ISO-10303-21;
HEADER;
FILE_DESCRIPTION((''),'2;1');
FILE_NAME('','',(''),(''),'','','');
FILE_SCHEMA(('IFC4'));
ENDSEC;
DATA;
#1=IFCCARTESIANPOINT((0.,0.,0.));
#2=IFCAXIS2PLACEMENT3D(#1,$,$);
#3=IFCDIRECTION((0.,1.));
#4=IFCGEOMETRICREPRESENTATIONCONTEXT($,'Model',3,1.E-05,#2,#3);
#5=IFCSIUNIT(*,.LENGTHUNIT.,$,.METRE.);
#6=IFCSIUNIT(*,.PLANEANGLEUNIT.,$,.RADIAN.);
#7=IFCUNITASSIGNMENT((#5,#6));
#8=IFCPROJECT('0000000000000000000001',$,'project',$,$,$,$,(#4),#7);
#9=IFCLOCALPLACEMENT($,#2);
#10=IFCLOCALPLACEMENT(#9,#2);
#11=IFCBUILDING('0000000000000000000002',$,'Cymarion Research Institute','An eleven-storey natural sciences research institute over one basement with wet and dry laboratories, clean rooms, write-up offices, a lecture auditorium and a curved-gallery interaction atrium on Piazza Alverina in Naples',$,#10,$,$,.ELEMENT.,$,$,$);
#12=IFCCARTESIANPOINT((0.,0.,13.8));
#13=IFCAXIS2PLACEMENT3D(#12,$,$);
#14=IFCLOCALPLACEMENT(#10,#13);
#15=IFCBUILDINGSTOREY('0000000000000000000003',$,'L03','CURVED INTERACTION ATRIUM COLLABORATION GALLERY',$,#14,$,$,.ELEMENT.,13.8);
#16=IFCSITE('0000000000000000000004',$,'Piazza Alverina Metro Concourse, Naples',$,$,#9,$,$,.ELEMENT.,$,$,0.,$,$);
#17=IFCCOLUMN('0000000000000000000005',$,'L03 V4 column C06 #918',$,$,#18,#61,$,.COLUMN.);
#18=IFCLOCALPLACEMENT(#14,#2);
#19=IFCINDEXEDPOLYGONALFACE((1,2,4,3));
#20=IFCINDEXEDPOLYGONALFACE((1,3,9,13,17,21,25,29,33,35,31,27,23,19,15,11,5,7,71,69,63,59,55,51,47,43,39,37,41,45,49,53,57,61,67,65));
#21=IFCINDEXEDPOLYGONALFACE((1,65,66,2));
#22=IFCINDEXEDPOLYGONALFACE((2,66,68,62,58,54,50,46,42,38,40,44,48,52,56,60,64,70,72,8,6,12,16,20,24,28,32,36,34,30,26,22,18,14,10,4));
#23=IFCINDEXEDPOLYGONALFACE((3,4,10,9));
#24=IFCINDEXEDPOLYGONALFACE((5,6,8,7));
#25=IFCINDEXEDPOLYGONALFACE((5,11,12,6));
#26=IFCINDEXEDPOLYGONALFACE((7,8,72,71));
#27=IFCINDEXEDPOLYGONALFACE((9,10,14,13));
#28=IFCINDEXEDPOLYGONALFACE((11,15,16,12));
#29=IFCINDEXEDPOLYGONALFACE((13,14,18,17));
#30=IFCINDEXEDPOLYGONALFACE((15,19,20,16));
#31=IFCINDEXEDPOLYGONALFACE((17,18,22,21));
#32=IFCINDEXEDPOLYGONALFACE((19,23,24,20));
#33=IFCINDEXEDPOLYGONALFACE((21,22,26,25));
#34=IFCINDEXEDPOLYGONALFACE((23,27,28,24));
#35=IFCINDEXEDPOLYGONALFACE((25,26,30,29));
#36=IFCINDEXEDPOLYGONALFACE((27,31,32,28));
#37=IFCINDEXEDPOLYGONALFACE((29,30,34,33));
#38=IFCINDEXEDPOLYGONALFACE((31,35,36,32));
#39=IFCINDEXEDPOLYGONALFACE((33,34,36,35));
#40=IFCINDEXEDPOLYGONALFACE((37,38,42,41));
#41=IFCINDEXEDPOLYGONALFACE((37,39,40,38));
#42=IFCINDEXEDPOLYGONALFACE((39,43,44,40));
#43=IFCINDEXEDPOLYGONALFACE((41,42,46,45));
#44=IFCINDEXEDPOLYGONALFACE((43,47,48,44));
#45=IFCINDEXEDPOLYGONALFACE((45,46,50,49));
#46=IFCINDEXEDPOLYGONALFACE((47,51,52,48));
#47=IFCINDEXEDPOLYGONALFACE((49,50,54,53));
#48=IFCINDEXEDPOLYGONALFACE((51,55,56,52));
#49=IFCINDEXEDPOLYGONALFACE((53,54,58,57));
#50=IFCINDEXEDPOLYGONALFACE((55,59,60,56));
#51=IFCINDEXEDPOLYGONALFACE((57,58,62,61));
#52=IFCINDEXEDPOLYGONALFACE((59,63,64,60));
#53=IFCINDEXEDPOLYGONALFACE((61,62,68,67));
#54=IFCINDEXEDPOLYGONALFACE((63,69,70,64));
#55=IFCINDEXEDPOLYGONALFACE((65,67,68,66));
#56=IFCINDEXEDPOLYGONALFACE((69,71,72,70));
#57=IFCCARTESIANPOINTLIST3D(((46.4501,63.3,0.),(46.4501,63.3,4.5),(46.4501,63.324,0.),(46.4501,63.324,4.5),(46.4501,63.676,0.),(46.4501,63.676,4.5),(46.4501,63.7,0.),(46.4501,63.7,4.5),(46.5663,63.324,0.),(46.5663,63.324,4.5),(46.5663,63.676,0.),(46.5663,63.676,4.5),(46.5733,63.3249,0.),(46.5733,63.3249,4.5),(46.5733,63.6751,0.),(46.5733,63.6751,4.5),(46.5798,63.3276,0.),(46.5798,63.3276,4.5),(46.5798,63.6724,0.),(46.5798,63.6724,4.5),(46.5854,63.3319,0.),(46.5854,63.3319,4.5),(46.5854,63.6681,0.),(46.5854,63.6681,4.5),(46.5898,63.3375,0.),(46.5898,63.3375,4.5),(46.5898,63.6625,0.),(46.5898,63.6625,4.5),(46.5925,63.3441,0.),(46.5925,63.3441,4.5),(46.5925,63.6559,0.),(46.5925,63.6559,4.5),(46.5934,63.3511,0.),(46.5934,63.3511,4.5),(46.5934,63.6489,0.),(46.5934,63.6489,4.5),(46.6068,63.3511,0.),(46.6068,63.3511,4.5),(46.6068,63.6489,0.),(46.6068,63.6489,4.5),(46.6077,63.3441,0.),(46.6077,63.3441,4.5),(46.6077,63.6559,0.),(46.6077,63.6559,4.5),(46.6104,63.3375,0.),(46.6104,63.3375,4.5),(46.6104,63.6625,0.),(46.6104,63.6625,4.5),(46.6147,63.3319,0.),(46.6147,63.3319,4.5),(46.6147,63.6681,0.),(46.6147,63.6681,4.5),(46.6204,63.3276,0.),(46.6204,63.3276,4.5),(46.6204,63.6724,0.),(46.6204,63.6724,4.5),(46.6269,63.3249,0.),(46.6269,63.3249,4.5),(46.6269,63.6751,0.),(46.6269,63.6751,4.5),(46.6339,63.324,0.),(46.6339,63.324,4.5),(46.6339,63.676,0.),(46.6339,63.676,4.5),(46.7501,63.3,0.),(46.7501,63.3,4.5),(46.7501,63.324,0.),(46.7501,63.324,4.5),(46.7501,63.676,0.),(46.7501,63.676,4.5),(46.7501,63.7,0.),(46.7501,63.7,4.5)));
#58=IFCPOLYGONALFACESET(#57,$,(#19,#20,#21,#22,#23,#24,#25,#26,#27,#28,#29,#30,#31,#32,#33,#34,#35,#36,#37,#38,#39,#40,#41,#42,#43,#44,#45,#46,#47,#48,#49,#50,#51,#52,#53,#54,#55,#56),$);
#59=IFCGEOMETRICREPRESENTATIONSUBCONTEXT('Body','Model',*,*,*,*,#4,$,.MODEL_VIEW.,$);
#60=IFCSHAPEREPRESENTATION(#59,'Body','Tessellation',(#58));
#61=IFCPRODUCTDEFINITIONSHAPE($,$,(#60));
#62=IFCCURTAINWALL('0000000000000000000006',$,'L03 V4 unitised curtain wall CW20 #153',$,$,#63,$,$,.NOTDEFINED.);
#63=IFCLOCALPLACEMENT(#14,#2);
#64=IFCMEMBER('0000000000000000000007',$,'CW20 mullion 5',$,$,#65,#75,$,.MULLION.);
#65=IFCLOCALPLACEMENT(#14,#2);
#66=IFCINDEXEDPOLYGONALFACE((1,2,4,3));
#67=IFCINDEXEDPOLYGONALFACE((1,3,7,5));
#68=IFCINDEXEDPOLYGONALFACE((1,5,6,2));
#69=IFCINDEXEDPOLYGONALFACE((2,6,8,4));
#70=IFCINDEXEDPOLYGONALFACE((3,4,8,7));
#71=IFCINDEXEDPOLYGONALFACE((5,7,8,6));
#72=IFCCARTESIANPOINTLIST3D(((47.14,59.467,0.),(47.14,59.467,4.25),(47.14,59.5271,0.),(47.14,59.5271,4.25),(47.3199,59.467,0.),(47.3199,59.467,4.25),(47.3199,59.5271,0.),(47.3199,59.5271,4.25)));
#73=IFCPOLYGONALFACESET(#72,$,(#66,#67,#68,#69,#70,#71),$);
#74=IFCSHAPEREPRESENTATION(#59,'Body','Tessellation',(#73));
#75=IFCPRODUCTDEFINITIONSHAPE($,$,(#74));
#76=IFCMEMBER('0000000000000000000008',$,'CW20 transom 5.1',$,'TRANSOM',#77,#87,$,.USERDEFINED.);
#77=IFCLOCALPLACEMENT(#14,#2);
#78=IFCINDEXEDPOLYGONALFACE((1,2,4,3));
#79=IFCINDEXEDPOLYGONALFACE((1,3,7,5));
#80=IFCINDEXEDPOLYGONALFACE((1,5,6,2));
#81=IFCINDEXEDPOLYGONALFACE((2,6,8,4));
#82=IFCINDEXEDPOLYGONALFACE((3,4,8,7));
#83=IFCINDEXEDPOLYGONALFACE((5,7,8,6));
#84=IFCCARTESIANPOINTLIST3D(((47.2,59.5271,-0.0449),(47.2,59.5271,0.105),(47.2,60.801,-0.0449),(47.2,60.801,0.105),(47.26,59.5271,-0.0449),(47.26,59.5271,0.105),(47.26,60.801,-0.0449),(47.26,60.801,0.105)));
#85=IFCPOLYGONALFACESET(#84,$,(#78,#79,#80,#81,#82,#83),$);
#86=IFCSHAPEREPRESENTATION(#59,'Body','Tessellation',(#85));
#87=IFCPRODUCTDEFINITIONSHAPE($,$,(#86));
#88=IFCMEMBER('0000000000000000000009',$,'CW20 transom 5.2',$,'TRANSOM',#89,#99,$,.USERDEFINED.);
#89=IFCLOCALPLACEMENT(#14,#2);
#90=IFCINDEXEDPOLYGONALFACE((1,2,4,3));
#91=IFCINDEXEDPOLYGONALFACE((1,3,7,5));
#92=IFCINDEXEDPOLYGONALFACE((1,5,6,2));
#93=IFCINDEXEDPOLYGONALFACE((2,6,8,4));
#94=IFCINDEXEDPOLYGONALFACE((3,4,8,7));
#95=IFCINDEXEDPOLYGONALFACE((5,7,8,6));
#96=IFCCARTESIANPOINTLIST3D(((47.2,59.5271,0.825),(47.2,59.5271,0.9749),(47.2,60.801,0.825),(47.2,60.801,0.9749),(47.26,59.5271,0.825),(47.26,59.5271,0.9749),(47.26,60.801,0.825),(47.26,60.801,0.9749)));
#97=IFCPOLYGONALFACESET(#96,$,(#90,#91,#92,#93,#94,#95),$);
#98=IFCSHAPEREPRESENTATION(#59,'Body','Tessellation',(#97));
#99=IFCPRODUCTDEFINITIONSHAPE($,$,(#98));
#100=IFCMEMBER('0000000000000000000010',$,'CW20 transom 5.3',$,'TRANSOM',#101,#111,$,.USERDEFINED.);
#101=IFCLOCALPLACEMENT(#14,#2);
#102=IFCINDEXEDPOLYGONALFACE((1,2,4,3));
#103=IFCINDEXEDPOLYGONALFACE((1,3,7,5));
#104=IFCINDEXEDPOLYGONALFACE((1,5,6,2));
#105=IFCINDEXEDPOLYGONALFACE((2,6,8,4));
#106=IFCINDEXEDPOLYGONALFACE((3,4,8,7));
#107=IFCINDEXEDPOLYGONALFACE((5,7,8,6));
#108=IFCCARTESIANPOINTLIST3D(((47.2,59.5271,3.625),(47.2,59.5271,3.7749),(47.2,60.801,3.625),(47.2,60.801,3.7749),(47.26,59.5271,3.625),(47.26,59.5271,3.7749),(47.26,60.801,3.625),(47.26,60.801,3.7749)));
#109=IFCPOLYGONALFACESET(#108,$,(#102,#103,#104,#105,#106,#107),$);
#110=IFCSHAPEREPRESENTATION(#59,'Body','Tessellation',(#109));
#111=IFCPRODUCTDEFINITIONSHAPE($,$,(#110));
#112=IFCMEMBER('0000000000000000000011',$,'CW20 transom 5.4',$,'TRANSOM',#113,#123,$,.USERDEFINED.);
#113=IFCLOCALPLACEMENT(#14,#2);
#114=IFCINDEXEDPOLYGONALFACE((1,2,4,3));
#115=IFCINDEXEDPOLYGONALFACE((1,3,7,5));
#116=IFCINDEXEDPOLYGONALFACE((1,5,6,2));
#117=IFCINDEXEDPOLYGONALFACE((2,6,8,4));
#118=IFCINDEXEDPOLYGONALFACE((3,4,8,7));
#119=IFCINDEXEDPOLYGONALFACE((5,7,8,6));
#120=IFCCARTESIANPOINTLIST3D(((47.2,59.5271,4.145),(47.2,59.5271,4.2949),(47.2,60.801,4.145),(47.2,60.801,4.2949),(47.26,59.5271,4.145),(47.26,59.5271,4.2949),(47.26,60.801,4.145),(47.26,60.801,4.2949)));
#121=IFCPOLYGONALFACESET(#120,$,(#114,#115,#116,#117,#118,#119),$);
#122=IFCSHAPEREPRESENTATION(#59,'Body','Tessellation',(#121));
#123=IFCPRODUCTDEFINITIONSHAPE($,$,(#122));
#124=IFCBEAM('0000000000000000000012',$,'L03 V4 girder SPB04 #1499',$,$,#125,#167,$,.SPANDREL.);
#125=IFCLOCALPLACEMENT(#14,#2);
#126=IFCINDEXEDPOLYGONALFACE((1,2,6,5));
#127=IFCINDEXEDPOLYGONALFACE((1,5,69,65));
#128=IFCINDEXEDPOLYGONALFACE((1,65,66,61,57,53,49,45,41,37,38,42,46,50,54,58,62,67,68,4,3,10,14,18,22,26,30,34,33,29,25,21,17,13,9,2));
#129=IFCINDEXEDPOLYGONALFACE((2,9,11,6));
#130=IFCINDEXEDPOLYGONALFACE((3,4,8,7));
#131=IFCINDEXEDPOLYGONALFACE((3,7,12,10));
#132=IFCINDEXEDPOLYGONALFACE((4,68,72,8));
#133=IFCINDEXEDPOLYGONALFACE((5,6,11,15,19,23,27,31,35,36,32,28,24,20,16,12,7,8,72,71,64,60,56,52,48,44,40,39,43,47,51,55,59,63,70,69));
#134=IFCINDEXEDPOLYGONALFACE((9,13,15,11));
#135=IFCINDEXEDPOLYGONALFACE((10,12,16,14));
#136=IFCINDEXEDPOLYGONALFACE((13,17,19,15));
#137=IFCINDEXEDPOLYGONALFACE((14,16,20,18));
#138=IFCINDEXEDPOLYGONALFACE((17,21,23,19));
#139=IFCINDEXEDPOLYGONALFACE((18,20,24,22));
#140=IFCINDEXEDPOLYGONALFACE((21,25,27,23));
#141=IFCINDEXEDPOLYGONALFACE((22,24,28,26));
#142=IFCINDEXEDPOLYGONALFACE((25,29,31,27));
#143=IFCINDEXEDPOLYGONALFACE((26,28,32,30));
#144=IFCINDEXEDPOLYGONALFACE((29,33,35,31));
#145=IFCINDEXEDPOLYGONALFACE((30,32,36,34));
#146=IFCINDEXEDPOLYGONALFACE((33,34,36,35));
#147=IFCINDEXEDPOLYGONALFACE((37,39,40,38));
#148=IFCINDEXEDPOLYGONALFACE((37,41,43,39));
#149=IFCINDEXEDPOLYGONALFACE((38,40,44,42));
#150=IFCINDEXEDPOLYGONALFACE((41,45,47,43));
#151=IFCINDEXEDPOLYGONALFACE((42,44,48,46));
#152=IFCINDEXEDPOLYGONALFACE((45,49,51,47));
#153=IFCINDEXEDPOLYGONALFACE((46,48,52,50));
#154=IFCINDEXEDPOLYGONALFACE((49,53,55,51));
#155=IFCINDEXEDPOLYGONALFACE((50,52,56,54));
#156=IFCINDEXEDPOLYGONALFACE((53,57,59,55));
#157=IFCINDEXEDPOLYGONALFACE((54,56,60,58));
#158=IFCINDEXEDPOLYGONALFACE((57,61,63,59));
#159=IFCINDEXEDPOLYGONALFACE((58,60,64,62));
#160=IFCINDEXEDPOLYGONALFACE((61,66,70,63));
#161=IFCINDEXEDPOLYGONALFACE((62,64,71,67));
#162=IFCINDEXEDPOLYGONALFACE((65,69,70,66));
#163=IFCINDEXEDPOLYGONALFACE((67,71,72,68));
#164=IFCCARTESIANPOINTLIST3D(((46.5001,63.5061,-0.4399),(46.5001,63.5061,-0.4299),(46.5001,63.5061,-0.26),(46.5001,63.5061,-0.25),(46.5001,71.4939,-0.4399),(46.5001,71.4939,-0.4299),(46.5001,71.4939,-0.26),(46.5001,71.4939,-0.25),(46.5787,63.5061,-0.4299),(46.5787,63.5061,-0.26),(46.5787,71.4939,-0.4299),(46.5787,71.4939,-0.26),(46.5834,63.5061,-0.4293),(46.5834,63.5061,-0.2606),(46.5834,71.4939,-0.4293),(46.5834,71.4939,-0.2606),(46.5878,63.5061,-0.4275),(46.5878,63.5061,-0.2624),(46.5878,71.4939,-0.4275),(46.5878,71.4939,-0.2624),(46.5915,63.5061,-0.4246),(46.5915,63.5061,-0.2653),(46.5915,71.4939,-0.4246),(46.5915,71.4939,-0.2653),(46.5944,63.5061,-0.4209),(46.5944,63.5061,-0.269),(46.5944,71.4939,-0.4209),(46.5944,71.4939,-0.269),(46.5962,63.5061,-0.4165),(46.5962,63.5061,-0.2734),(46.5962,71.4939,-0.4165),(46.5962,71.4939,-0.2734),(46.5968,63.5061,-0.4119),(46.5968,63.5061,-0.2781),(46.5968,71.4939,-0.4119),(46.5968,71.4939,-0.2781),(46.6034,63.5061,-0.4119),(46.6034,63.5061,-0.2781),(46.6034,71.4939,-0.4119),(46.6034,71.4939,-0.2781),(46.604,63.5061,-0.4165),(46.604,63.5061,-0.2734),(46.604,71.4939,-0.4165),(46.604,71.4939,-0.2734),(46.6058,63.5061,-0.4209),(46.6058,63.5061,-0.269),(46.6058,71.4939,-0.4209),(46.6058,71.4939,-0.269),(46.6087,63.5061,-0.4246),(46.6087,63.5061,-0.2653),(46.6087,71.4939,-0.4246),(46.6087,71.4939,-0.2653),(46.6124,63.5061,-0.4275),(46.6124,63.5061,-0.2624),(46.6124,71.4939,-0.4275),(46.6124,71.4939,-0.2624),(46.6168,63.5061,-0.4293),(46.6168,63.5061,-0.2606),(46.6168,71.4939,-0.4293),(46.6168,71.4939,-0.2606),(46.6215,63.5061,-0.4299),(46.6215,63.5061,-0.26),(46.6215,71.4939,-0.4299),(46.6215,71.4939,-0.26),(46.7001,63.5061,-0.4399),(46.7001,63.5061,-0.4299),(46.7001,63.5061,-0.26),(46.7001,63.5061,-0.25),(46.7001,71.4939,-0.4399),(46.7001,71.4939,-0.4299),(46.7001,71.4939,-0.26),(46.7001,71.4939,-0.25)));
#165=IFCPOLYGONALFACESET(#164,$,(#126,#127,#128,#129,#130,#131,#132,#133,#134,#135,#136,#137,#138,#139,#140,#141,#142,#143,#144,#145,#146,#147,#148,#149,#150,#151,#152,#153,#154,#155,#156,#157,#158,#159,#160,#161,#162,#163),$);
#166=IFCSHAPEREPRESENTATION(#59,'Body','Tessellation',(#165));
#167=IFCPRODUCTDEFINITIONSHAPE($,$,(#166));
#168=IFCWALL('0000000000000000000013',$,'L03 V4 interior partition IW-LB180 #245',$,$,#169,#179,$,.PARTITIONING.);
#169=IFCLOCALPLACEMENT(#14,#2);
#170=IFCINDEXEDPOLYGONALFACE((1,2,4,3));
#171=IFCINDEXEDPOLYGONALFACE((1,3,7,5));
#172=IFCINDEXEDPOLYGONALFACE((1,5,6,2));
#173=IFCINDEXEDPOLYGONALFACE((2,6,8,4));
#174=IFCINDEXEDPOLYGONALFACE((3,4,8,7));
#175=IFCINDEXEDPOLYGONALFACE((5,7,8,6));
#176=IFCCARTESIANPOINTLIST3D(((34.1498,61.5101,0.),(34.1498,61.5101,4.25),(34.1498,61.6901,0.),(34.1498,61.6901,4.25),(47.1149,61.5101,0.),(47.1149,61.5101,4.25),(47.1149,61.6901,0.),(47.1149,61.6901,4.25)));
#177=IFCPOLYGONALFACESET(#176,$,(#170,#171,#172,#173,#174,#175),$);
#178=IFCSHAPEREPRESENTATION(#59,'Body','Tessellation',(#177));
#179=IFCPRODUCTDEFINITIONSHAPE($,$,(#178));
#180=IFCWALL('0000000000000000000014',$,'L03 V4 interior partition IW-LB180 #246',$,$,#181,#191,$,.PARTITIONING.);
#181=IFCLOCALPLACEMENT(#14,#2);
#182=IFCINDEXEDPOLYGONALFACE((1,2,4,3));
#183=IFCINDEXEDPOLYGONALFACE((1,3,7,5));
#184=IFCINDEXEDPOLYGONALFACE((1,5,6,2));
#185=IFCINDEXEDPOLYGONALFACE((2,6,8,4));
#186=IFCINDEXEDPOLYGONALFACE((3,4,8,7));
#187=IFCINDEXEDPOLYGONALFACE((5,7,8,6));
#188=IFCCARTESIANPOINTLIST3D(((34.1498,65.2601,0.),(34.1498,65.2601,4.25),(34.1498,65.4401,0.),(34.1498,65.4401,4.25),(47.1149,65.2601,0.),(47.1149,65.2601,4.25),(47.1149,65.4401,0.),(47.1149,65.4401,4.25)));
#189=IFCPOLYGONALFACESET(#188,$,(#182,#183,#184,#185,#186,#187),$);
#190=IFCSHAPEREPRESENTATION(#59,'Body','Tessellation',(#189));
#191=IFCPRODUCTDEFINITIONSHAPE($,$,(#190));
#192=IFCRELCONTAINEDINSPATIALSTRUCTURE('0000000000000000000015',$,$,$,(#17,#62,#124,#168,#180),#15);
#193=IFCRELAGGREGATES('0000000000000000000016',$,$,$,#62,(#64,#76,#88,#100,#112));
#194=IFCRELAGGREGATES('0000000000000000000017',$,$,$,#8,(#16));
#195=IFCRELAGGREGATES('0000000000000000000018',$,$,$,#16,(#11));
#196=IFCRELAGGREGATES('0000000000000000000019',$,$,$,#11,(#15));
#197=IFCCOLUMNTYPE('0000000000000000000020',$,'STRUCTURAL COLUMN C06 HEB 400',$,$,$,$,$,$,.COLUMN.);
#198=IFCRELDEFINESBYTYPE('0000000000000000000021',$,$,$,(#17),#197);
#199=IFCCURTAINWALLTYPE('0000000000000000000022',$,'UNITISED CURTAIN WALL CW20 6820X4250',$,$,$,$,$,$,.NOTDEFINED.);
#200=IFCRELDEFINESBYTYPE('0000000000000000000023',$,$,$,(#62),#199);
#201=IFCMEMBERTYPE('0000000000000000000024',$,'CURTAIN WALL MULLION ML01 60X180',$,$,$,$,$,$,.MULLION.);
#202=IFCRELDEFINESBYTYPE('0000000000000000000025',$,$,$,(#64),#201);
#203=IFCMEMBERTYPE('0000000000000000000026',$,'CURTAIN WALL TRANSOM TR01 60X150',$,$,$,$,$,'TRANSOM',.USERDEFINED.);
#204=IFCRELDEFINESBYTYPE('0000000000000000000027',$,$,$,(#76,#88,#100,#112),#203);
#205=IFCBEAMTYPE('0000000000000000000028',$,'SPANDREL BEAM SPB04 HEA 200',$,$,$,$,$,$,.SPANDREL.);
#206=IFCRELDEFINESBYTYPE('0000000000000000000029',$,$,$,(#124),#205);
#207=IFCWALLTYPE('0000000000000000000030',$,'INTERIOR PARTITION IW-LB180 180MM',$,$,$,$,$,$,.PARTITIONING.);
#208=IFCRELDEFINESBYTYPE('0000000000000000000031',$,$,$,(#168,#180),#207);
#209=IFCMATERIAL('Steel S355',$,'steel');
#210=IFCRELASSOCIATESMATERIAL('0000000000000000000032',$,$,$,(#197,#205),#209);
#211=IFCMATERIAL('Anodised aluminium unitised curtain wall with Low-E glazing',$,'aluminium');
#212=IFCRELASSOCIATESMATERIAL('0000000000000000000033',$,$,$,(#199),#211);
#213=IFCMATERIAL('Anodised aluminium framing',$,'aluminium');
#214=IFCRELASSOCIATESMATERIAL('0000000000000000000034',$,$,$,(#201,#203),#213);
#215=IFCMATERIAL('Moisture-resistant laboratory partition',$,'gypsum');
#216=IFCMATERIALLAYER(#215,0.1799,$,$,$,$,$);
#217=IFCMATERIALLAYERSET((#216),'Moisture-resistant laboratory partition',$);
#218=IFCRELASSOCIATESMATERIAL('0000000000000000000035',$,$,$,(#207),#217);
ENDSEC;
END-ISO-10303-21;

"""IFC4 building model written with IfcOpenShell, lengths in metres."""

from ifc_helpers import new_model, si_unit, direction, frame, frame_2d, origin, origin_2d, place, context, subcontext, project, spatial, rectangle, i_section, extrude, material, layer, layer_set, material_profile, profile_set, type_object, element, aggregate, save


model = new_model("IFC4")

# Units and contexts
model_context = context("Model", 3, precision=1e-05, world=origin(), true_north=direction((0.0, 1.0)))
body_context = subcontext(model_context, "Body", "Model", "MODEL_VIEW")
ifc_project = project(units=[si_unit("LENGTHUNIT", "METRE"), si_unit("PLANEANGLEUNIT", "RADIAN")], contexts=[model_context])

# Site, building, storey
site_placement = place(None, origin())
site = spatial("IfcSite", under=ifc_project, at=site_placement, Name="Piazza Alverina Metro Concourse, Naples", CompositionType="ELEMENT", RefElevation=0.0)
building_placement = place(site_placement, origin())
building = spatial("IfcBuilding", under=site, at=building_placement, Name="Cymarion Research Institute", Description="An eleven-storey natural sciences research institute over one basement with wet and dry laboratories, clean rooms, write-up offices, a lecture auditorium and a curved-gallery interaction atrium on Piazza Alverina in Naples", CompositionType="ELEMENT")
storey_placement = place(building_placement, frame((0.0, 0.0, 13.8)))
storey = spatial("IfcBuildingStorey", under=building, at=storey_placement, Name="L03", Description="CURVED INTERACTION ATRIUM COLLABORATION GALLERY", CompositionType="ELEMENT", Elevation=13.8)

# Column
ifc_material_1 = material(Name="Steel S355", Category="steel")
ifc_material_profile_1 = material_profile(ifc_material_1, i_section(OverallWidth=0.3, OverallDepth=0.3999, WebThickness=0.0134, FlangeThickness=0.0239, FilletRadius=0.0271, at=origin_2d()), Name="HEB 400")
ifc_profile_set_1 = profile_set([ifc_material_profile_1], Name="Steel S355")
column_type = type_object("IfcColumnType", Name="STRUCTURAL COLUMN C06 HEB 400", PredefinedType="COLUMN", material=ifc_profile_set_1)
column_placement = place(storey_placement, frame((46.6001, 63.5, 0.0), z_axis=(0.0, 0.0, 1.0), x_axis=(1.0, 0.0, 0.0)))
element("IfcColumn", 1, at=column_placement, inside=storey, type_object=column_type, Name="L03 V4 column C06 #918", PredefinedType="COLUMN", context=body_context, shape_type="SweptSolid", body=[
    extrude(i_section(OverallWidth=0.3, OverallDepth=0.3999, WebThickness=0.0134, FlangeThickness=0.0239, FilletRadius=0.0271, at=origin_2d()), origin(), (0.0, 0.0, 1.0), 4.5),
])

# Curtain wall, members
ifc_material_2 = material(Name="Anodised aluminium unitised curtain wall with Low-E glazing", Category="aluminium")
curtain_wall_type = type_object("IfcCurtainWallType", Name="UNITISED CURTAIN WALL CW20 6820X4250", PredefinedType="NOTDEFINED", material=ifc_material_2)
curtain_wall_placement = place(storey_placement, origin())
curtain_wall = element("IfcCurtainWall", 2, at=curtain_wall_placement, inside=storey, type_object=curtain_wall_type, Name="L03 V4 unitised curtain wall CW20 #153", PredefinedType="NOTDEFINED")
ifc_material_3 = material(Name="Anodised aluminium framing", Category="aluminium")
ifc_material_profile_2 = material_profile(ifc_material_3, rectangle(XDim=0.0601, YDim=0.1799, at=origin_2d()), Name="ALU MULLION 60x180")
ifc_profile_set_2 = profile_set([ifc_material_profile_2], Name="Anodised aluminium framing")
member_type_1 = type_object("IfcMemberType", Name="CURTAIN WALL MULLION ML01 60X180", PredefinedType="MULLION", material=ifc_profile_set_2)
member_1_placement = place(storey_placement, frame((47.23, 59.4971, 0.0), z_axis=(0.0, 0.0, 1.0), x_axis=(0.0, 1.0, 0.0)))
member_1 = element("IfcMember", 3, at=member_1_placement, type_object=member_type_1, Name="CW20 mullion 5", PredefinedType="MULLION", context=body_context, shape_type="SweptSolid", body=[
    extrude(rectangle(XDim=0.0601, YDim=0.1799, at=origin_2d()), origin(), (0.0, 0.0, 1.0), 4.25),
])
ifc_material_profile_3 = material_profile(ifc_material_3, rectangle(XDim=0.0601, YDim=0.1499, at=origin_2d()), Name="ALU TRANSOM 60x150")
ifc_profile_set_3 = profile_set([ifc_material_profile_3], Name="Anodised aluminium framing")
member_type_2 = type_object("IfcMemberType", Name="CURTAIN WALL TRANSOM TR01 60X150", ElementType="TRANSOM", PredefinedType="USERDEFINED", material=ifc_profile_set_3)
member_2_placement = place(storey_placement, frame((47.23, 59.5271, 0.03), z_axis=(0.0, 1.0, 0.0), x_axis=(-1.0, 0.0, 0.0)))
member_2 = element("IfcMember", 4, at=member_2_placement, type_object=member_type_2, Name="CW20 transom 5.1", ObjectType="TRANSOM", PredefinedType="USERDEFINED", context=body_context, shape_type="SweptSolid", body=[
    extrude(rectangle(XDim=0.0601, YDim=0.1499, at=origin_2d()), origin(), (0.0, 0.0, 1.0), 1.2739),
])
member_3_placement = place(storey_placement, frame((47.23, 59.5271, 0.8999), z_axis=(0.0, 1.0, 0.0), x_axis=(-1.0, 0.0, 0.0)))
member_3 = element("IfcMember", 5, at=member_3_placement, type_object=member_type_2, Name="CW20 transom 5.2", ObjectType="TRANSOM", PredefinedType="USERDEFINED", context=body_context, shape_type="SweptSolid", body=[
    extrude(rectangle(XDim=0.0601, YDim=0.1499, at=origin_2d()), origin(), (0.0, 0.0, 1.0), 1.2739),
])
member_4_placement = place(storey_placement, frame((47.23, 59.5271, 3.7), z_axis=(0.0, 1.0, 0.0), x_axis=(-1.0, 0.0, 0.0)))
member_4 = element("IfcMember", 6, at=member_4_placement, type_object=member_type_2, Name="CW20 transom 5.3", ObjectType="TRANSOM", PredefinedType="USERDEFINED", context=body_context, shape_type="SweptSolid", body=[
    extrude(rectangle(XDim=0.0601, YDim=0.1499, at=origin_2d()), origin(), (0.0, 0.0, 1.0), 1.2739),
])
member_5_placement = place(storey_placement, frame((47.23, 59.5271, 4.22), z_axis=(0.0, 1.0, 0.0), x_axis=(-1.0, 0.0, 0.0)))
member_5 = element("IfcMember", 7, at=member_5_placement, type_object=member_type_2, Name="CW20 transom 5.4", ObjectType="TRANSOM", PredefinedType="USERDEFINED", context=body_context, shape_type="SweptSolid", body=[
    extrude(rectangle(XDim=0.0601, YDim=0.1499, at=origin_2d()), origin(), (0.0, 0.0, 1.0), 1.2739),
])
aggregate(curtain_wall, [member_1, member_2, member_3, member_4, member_5])

# Beam
ifc_material_profile_4 = material_profile(ifc_material_1, i_section(OverallWidth=0.2, OverallDepth=0.1899, WebThickness=0.0066, FlangeThickness=0.01, FilletRadius=0.0181, at=origin_2d()), Name="HEA 200")
ifc_profile_set_4 = profile_set([ifc_material_profile_4], Name="Steel S355")
beam_type = type_object("IfcBeamType", Name="SPANDREL BEAM SPB04 HEA 200", PredefinedType="SPANDREL", material=ifc_profile_set_4)
beam_placement = place(storey_placement, frame((46.6001, 63.5061, -0.345), z_axis=(0.0, 1.0, 0.0), x_axis=(-1.0, 0.0, 0.0)))
element("IfcBeam", 8, at=beam_placement, inside=storey, type_object=beam_type, Name="L03 V4 girder SPB04 #1499", PredefinedType="SPANDREL", context=body_context, shape_type="SweptSolid", body=[
    extrude(i_section(OverallWidth=0.2, OverallDepth=0.1899, WebThickness=0.0066, FlangeThickness=0.01, FilletRadius=0.0181, at=origin_2d()), origin(), (0.0, 0.0, 1.0), 7.9878),
])

# Walls
ifc_material_4 = material(Name="Moisture-resistant laboratory partition", Category="gypsum")
ifc_layer_1 = layer(ifc_material_4, 0.1799)
ifc_layer_set_1 = layer_set([ifc_layer_1], Name="Moisture-resistant laboratory partition")
wall_type_1 = type_object("IfcWallType", Name="INTERIOR PARTITION IW-LB180 180MM", PredefinedType="PARTITIONING", material=ifc_layer_set_1)
for number, where, z_axis, x_axis, name in (
    (9, (34.1499, 61.6001, 0.0), (0.0, 0.0, 1.0), (1.0, 0.0, 0.0), "L03 V4 interior partition IW-LB180 #245"),
    (10, (34.1499, 65.3501, 0.0), (0.0, 0.0, 1.0), (1.0, 0.0, 0.0), "L03 V4 interior partition IW-LB180 #246"),
):
    element("IfcWall", number, at=place(storey_placement, frame(where, z_axis=z_axis, x_axis=x_axis)), inside=storey, type_object=wall_type_1, Name=name, PredefinedType="PARTITIONING", context=body_context, shape_type="SweptSolid", body=[
        extrude(rectangle(XDim=12.9651, YDim=0.1799, at=frame_2d((6.4824, 0.0))), origin(), (0.0, 0.0, 1.0), 4.25),
    ])

save(model, "model.ifc")
